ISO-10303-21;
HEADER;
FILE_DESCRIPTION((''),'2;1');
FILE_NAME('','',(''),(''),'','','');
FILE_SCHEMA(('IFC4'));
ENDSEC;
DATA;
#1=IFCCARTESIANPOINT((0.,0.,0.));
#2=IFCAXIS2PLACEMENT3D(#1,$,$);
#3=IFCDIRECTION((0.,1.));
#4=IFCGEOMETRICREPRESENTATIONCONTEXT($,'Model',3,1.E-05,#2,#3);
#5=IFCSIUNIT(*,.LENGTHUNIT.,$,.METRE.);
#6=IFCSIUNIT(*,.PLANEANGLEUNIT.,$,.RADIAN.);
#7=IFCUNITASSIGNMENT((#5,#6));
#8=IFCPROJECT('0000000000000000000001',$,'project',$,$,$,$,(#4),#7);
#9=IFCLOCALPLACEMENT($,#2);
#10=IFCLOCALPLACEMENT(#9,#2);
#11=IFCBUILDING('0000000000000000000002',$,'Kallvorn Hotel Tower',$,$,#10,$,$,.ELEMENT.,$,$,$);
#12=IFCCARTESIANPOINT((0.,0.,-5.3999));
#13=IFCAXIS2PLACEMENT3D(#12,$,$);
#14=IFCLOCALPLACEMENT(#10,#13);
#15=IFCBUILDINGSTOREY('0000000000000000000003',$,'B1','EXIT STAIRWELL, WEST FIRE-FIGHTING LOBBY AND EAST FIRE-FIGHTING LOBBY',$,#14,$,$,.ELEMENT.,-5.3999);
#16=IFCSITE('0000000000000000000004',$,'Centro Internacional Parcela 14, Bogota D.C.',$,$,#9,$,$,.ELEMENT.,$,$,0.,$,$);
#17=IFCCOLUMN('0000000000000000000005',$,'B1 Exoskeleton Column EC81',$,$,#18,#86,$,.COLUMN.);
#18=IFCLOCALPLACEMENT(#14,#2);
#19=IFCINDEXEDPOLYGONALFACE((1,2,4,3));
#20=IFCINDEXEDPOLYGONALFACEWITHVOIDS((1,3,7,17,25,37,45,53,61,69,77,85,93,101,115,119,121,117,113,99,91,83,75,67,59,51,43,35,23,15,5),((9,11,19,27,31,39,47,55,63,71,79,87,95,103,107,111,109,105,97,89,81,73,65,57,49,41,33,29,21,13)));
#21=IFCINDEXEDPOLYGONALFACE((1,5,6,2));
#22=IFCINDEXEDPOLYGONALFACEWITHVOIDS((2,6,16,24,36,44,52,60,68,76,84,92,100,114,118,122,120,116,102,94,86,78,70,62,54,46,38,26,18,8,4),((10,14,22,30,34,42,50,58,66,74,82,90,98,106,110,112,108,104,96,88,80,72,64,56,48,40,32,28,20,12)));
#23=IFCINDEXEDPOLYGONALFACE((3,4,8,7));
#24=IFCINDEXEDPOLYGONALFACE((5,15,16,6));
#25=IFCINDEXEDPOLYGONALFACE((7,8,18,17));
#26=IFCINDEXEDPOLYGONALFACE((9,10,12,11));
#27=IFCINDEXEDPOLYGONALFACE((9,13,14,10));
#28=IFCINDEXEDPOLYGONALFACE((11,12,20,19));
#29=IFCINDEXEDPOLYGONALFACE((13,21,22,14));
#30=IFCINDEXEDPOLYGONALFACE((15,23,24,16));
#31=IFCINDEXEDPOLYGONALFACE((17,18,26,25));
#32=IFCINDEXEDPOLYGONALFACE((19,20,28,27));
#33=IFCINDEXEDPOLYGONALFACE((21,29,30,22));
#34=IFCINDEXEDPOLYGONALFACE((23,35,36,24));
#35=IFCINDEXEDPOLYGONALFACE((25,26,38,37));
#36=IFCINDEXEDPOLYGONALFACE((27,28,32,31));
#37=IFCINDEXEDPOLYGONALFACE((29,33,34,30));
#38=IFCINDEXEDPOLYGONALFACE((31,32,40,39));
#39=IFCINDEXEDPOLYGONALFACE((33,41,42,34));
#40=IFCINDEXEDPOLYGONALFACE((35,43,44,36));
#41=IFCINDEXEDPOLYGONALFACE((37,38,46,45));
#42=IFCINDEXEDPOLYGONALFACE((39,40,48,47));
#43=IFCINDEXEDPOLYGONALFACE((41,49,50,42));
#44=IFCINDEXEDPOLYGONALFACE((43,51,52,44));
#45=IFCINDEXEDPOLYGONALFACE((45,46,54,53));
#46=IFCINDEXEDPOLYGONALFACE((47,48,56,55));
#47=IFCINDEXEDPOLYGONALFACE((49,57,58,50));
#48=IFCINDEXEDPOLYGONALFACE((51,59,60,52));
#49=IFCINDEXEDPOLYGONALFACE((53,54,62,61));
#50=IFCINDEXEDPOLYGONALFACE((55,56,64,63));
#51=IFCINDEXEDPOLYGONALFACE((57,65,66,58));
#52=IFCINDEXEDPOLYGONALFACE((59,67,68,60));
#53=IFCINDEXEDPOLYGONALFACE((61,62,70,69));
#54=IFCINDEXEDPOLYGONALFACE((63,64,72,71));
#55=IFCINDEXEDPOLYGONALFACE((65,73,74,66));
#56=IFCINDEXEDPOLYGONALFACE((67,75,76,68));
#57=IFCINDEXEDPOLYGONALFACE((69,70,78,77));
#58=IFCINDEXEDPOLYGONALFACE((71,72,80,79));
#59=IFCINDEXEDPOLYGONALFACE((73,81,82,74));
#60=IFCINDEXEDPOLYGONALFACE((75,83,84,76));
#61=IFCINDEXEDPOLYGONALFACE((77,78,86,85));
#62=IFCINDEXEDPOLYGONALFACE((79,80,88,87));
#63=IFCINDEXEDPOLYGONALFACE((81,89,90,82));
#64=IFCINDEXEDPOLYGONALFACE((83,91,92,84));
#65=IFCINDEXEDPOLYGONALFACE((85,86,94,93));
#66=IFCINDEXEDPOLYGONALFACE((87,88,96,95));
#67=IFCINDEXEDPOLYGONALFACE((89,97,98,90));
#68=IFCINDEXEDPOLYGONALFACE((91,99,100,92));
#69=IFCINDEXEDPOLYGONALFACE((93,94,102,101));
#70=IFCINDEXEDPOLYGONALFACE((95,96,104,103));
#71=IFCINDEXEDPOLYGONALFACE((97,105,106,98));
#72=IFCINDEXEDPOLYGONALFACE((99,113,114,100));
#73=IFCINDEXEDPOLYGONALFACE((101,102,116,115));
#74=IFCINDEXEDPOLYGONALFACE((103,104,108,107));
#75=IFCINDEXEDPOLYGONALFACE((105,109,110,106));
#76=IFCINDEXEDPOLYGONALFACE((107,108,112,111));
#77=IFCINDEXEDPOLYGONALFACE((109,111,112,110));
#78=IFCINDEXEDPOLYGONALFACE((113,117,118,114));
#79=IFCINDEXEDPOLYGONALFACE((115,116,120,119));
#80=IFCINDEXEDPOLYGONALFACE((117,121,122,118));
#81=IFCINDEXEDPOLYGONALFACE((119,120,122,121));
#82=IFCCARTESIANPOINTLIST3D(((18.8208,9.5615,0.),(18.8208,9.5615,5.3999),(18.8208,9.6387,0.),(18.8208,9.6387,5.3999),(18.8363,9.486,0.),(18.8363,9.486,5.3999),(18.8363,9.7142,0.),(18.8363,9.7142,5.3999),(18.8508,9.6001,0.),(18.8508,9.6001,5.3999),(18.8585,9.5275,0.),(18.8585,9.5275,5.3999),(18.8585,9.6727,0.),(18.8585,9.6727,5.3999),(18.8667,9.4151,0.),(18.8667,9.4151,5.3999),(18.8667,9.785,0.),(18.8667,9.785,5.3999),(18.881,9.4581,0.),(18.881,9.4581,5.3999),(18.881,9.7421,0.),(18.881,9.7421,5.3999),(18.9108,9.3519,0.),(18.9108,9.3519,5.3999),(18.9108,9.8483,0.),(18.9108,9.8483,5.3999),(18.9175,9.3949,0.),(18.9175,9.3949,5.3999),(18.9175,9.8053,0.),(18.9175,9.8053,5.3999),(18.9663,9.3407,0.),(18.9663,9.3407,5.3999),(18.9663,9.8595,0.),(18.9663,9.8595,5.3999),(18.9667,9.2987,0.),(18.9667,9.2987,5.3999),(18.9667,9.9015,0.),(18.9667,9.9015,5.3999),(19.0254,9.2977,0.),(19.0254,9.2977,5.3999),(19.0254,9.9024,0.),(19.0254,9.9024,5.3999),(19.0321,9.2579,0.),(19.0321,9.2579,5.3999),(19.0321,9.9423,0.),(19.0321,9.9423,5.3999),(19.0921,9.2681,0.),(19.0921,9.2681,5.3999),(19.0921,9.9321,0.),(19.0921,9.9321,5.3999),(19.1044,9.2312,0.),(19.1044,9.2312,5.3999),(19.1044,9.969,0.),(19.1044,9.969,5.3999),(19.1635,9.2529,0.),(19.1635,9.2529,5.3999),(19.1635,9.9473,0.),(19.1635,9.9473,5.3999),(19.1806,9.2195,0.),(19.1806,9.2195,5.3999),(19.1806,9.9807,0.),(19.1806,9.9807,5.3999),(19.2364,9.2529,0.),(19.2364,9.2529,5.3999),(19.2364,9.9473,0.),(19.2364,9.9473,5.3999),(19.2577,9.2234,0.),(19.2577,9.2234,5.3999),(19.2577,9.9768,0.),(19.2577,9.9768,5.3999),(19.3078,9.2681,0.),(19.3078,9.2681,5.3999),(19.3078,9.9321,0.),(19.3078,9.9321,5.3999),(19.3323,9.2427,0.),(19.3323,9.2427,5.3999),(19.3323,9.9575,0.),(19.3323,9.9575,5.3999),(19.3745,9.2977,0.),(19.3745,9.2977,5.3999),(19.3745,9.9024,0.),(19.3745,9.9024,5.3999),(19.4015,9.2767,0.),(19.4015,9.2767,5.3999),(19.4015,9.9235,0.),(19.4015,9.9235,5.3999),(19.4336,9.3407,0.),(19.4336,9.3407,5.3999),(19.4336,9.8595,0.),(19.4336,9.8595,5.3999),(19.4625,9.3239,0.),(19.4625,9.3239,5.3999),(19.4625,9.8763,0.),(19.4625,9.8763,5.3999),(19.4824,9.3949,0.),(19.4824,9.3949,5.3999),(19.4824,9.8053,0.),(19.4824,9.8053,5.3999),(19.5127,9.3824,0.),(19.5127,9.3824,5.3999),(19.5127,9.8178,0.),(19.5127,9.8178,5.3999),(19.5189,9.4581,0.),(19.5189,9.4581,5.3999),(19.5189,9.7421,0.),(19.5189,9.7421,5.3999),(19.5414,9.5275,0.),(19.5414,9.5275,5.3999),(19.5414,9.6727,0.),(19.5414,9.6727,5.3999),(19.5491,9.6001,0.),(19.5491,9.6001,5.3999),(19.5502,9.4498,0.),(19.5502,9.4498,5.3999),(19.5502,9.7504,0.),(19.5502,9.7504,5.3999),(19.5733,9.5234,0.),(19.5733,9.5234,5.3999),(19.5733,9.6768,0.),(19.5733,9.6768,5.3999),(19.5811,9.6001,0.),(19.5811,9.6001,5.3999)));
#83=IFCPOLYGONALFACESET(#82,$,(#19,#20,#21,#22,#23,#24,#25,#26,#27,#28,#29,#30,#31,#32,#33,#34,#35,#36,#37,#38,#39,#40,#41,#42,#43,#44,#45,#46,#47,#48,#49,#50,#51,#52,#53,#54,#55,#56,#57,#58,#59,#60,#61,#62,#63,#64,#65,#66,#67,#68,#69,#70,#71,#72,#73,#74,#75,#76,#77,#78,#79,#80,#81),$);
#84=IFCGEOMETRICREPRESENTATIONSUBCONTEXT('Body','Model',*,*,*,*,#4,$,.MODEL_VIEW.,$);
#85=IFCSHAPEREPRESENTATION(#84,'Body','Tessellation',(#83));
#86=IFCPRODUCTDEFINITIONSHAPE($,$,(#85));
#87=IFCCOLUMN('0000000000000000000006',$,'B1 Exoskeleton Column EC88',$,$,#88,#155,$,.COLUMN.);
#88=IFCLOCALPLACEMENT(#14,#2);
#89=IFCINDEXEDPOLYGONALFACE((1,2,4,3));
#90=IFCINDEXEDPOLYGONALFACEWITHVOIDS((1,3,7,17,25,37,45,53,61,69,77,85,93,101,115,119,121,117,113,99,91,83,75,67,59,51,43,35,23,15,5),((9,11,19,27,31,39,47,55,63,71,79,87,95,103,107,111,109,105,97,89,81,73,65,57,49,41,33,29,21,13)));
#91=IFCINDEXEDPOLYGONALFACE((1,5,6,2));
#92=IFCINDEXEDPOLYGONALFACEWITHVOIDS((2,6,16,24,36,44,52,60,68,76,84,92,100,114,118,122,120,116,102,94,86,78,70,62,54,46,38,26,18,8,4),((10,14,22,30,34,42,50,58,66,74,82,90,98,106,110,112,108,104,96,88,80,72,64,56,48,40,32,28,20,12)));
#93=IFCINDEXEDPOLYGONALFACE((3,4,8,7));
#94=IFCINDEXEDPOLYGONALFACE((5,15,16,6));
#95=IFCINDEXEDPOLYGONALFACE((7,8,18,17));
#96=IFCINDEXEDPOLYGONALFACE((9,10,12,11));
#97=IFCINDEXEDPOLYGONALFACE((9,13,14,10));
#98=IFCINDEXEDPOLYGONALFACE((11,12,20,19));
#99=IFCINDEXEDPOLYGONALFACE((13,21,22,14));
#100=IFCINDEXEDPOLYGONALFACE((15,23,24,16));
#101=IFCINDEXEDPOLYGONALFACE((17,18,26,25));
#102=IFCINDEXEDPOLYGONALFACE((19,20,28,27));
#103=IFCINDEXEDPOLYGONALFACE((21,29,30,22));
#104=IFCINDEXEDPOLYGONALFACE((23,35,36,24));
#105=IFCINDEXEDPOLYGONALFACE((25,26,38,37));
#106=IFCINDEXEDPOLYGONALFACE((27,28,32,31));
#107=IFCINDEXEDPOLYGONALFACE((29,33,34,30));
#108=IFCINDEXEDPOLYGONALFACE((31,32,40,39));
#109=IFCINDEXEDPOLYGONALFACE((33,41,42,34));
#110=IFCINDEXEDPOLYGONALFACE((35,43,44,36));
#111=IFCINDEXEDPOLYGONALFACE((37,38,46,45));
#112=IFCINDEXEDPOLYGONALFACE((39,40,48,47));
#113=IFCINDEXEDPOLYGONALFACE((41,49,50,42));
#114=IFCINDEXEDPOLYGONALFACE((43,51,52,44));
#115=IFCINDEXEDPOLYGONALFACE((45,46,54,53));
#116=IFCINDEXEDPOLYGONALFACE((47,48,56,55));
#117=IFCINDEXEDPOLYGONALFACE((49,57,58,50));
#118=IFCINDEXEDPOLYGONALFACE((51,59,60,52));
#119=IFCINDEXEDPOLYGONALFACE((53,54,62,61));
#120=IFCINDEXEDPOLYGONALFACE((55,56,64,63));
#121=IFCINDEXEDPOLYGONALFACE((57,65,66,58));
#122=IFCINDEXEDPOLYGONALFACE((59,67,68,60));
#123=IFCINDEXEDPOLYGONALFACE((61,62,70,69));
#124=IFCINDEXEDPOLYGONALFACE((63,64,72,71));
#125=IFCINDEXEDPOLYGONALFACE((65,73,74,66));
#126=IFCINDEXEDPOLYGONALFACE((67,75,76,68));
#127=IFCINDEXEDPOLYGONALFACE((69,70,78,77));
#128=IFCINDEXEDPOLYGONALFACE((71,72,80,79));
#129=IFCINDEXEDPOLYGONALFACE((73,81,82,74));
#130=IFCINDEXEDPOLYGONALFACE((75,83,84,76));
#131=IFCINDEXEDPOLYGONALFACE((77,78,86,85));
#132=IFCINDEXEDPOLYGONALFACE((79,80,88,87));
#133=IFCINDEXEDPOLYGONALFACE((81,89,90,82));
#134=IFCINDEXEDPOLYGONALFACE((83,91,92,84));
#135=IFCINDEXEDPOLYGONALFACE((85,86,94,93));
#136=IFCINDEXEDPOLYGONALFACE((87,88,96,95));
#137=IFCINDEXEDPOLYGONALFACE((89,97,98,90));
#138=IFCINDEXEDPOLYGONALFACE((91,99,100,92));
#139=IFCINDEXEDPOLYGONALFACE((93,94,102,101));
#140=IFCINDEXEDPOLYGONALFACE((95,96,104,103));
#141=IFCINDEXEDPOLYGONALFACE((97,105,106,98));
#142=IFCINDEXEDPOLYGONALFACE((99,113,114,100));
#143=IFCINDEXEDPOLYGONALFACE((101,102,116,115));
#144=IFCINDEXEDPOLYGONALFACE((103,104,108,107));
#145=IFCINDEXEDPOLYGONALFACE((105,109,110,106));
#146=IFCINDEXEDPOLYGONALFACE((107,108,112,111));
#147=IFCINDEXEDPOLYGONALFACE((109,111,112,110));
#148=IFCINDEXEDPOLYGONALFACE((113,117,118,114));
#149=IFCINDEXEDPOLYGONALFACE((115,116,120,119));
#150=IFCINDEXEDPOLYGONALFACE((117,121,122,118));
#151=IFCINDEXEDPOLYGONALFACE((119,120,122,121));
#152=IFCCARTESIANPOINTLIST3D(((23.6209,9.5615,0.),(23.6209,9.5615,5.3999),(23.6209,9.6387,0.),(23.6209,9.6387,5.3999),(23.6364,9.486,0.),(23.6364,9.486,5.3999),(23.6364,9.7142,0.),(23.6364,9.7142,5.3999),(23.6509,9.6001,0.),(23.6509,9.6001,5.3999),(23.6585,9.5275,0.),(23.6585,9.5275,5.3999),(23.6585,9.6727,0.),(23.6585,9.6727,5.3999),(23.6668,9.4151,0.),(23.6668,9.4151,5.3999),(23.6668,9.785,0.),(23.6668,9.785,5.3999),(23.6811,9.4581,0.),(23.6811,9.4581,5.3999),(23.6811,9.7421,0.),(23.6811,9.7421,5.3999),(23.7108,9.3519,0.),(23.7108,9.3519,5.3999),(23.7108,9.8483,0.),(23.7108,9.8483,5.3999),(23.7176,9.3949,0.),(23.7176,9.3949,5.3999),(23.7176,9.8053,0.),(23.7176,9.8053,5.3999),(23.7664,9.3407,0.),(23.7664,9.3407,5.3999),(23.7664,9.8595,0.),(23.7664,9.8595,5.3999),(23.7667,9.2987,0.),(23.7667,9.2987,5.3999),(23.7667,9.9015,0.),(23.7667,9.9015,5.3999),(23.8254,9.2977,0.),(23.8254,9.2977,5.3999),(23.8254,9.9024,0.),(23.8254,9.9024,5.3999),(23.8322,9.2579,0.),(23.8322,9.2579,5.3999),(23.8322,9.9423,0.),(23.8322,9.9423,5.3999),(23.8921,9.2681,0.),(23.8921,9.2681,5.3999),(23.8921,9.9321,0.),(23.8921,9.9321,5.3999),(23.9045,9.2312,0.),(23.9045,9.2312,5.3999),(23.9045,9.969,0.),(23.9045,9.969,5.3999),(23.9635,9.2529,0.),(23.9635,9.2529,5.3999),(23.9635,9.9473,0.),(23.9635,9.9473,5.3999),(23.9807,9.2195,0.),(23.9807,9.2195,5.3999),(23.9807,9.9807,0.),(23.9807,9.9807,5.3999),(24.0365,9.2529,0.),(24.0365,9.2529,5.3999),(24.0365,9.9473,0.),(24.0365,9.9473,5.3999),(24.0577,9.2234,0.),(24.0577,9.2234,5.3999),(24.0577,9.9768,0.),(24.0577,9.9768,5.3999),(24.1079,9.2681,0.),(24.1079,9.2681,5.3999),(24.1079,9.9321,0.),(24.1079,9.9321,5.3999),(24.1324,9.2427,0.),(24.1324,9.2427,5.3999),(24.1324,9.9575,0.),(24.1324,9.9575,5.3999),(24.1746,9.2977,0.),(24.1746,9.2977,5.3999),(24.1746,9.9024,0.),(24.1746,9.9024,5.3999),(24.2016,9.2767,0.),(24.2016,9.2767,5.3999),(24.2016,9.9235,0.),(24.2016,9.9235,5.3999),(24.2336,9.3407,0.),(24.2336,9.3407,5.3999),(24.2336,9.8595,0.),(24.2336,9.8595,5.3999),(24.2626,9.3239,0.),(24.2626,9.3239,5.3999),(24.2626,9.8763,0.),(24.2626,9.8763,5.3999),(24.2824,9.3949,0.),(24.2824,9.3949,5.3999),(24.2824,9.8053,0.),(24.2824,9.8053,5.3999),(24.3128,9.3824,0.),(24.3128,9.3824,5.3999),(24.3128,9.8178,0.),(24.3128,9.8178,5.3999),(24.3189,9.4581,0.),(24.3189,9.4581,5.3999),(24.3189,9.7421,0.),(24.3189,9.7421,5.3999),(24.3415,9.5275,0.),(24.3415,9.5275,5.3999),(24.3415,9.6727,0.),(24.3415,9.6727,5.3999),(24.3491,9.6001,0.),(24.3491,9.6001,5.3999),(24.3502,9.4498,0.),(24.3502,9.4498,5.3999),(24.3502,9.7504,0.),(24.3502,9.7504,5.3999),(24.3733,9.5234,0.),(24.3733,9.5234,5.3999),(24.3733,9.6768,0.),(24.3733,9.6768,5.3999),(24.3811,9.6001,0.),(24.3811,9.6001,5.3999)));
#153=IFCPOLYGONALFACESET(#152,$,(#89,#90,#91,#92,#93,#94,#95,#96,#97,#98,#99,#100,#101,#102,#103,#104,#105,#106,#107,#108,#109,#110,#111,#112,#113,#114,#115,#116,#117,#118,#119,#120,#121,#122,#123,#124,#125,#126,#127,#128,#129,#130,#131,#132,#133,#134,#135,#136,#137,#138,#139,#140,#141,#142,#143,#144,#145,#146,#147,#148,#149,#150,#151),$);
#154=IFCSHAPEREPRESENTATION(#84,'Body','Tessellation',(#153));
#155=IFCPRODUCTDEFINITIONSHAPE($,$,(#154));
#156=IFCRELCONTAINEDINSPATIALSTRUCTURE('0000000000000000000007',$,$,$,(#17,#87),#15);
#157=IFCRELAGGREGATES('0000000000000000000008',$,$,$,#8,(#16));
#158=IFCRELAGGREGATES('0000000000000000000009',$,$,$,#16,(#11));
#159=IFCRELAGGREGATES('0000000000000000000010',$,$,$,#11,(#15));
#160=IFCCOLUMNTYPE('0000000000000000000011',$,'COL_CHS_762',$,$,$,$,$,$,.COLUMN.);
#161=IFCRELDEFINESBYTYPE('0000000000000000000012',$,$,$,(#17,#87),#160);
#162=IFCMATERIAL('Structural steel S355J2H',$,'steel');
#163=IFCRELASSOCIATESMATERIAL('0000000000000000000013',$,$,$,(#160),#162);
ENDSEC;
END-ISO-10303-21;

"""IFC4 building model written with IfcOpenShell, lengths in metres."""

from ifc_helpers import new_model, si_unit, direction, frame, origin, origin_2d, place, context, subcontext, project, spatial, hollow_circle, extrude, material, material_profile, profile_set, type_object, element, save


model = new_model("IFC4")

# Units and contexts
model_context = context("Model", 3, precision=1e-05, world=origin(), true_north=direction((0.0, 1.0)))
body_context = subcontext(model_context, "Body", "Model", "MODEL_VIEW")
ifc_project = project(units=[si_unit("LENGTHUNIT", "METRE"), si_unit("PLANEANGLEUNIT", "RADIAN")], contexts=[model_context])

# Site, building, storey
site_placement = place(None, origin())
site = spatial("IfcSite", under=ifc_project, at=site_placement, Name="Centro Internacional Parcela 14, Bogota D.C.", CompositionType="ELEMENT", RefElevation=0.0)
building_placement = place(site_placement, origin())
building = spatial("IfcBuilding", under=site, at=building_placement, Name="Kallvorn Hotel Tower", CompositionType="ELEMENT")
storey_placement = place(building_placement, frame((0.0, 0.0, -5.3999)))
storey = spatial("IfcBuildingStorey", under=building, at=storey_placement, Name="B1", Description="EXIT STAIRWELL, WEST FIRE-FIGHTING LOBBY AND EAST FIRE-FIGHTING LOBBY", CompositionType="ELEMENT", Elevation=-5.3999)

# Columns
ifc_material_1 = material(Name="Structural steel S355J2H", Category="steel")
ifc_material_profile_1 = material_profile(ifc_material_1, hollow_circle(Radius=0.3811, WallThickness=0.032, at=origin_2d()), Name="CHS 762x32")
ifc_profile_set_1 = profile_set([ifc_material_profile_1], Name="Structural steel S355J2H")
column_type_1 = type_object("IfcColumnType", Name="COL_CHS_762", PredefinedType="COLUMN", material=ifc_profile_set_1)
for number, where, z_axis, x_axis, name in (
    (1, (19.2, 9.6001, 0.0), (0.0, 0.0, 1.0), (1.0, 0.0, 0.0), "B1 Exoskeleton Column EC81"),
    (2, (24.0, 9.6001, 0.0), (0.0, 0.0, 1.0), (1.0, 0.0, 0.0), "B1 Exoskeleton Column EC88"),
):
    element("IfcColumn", number, at=place(storey_placement, frame(where, z_axis=z_axis, x_axis=x_axis)), inside=storey, type_object=column_type_1, Name=name, PredefinedType="COLUMN", context=body_context, shape_type="SweptSolid", body=[
        extrude(hollow_circle(Radius=0.3811, WallThickness=0.032, at=origin_2d()), origin(), (0.0, 0.0, 1.0), 5.3999),
    ])

save(model, "model.ifc")
